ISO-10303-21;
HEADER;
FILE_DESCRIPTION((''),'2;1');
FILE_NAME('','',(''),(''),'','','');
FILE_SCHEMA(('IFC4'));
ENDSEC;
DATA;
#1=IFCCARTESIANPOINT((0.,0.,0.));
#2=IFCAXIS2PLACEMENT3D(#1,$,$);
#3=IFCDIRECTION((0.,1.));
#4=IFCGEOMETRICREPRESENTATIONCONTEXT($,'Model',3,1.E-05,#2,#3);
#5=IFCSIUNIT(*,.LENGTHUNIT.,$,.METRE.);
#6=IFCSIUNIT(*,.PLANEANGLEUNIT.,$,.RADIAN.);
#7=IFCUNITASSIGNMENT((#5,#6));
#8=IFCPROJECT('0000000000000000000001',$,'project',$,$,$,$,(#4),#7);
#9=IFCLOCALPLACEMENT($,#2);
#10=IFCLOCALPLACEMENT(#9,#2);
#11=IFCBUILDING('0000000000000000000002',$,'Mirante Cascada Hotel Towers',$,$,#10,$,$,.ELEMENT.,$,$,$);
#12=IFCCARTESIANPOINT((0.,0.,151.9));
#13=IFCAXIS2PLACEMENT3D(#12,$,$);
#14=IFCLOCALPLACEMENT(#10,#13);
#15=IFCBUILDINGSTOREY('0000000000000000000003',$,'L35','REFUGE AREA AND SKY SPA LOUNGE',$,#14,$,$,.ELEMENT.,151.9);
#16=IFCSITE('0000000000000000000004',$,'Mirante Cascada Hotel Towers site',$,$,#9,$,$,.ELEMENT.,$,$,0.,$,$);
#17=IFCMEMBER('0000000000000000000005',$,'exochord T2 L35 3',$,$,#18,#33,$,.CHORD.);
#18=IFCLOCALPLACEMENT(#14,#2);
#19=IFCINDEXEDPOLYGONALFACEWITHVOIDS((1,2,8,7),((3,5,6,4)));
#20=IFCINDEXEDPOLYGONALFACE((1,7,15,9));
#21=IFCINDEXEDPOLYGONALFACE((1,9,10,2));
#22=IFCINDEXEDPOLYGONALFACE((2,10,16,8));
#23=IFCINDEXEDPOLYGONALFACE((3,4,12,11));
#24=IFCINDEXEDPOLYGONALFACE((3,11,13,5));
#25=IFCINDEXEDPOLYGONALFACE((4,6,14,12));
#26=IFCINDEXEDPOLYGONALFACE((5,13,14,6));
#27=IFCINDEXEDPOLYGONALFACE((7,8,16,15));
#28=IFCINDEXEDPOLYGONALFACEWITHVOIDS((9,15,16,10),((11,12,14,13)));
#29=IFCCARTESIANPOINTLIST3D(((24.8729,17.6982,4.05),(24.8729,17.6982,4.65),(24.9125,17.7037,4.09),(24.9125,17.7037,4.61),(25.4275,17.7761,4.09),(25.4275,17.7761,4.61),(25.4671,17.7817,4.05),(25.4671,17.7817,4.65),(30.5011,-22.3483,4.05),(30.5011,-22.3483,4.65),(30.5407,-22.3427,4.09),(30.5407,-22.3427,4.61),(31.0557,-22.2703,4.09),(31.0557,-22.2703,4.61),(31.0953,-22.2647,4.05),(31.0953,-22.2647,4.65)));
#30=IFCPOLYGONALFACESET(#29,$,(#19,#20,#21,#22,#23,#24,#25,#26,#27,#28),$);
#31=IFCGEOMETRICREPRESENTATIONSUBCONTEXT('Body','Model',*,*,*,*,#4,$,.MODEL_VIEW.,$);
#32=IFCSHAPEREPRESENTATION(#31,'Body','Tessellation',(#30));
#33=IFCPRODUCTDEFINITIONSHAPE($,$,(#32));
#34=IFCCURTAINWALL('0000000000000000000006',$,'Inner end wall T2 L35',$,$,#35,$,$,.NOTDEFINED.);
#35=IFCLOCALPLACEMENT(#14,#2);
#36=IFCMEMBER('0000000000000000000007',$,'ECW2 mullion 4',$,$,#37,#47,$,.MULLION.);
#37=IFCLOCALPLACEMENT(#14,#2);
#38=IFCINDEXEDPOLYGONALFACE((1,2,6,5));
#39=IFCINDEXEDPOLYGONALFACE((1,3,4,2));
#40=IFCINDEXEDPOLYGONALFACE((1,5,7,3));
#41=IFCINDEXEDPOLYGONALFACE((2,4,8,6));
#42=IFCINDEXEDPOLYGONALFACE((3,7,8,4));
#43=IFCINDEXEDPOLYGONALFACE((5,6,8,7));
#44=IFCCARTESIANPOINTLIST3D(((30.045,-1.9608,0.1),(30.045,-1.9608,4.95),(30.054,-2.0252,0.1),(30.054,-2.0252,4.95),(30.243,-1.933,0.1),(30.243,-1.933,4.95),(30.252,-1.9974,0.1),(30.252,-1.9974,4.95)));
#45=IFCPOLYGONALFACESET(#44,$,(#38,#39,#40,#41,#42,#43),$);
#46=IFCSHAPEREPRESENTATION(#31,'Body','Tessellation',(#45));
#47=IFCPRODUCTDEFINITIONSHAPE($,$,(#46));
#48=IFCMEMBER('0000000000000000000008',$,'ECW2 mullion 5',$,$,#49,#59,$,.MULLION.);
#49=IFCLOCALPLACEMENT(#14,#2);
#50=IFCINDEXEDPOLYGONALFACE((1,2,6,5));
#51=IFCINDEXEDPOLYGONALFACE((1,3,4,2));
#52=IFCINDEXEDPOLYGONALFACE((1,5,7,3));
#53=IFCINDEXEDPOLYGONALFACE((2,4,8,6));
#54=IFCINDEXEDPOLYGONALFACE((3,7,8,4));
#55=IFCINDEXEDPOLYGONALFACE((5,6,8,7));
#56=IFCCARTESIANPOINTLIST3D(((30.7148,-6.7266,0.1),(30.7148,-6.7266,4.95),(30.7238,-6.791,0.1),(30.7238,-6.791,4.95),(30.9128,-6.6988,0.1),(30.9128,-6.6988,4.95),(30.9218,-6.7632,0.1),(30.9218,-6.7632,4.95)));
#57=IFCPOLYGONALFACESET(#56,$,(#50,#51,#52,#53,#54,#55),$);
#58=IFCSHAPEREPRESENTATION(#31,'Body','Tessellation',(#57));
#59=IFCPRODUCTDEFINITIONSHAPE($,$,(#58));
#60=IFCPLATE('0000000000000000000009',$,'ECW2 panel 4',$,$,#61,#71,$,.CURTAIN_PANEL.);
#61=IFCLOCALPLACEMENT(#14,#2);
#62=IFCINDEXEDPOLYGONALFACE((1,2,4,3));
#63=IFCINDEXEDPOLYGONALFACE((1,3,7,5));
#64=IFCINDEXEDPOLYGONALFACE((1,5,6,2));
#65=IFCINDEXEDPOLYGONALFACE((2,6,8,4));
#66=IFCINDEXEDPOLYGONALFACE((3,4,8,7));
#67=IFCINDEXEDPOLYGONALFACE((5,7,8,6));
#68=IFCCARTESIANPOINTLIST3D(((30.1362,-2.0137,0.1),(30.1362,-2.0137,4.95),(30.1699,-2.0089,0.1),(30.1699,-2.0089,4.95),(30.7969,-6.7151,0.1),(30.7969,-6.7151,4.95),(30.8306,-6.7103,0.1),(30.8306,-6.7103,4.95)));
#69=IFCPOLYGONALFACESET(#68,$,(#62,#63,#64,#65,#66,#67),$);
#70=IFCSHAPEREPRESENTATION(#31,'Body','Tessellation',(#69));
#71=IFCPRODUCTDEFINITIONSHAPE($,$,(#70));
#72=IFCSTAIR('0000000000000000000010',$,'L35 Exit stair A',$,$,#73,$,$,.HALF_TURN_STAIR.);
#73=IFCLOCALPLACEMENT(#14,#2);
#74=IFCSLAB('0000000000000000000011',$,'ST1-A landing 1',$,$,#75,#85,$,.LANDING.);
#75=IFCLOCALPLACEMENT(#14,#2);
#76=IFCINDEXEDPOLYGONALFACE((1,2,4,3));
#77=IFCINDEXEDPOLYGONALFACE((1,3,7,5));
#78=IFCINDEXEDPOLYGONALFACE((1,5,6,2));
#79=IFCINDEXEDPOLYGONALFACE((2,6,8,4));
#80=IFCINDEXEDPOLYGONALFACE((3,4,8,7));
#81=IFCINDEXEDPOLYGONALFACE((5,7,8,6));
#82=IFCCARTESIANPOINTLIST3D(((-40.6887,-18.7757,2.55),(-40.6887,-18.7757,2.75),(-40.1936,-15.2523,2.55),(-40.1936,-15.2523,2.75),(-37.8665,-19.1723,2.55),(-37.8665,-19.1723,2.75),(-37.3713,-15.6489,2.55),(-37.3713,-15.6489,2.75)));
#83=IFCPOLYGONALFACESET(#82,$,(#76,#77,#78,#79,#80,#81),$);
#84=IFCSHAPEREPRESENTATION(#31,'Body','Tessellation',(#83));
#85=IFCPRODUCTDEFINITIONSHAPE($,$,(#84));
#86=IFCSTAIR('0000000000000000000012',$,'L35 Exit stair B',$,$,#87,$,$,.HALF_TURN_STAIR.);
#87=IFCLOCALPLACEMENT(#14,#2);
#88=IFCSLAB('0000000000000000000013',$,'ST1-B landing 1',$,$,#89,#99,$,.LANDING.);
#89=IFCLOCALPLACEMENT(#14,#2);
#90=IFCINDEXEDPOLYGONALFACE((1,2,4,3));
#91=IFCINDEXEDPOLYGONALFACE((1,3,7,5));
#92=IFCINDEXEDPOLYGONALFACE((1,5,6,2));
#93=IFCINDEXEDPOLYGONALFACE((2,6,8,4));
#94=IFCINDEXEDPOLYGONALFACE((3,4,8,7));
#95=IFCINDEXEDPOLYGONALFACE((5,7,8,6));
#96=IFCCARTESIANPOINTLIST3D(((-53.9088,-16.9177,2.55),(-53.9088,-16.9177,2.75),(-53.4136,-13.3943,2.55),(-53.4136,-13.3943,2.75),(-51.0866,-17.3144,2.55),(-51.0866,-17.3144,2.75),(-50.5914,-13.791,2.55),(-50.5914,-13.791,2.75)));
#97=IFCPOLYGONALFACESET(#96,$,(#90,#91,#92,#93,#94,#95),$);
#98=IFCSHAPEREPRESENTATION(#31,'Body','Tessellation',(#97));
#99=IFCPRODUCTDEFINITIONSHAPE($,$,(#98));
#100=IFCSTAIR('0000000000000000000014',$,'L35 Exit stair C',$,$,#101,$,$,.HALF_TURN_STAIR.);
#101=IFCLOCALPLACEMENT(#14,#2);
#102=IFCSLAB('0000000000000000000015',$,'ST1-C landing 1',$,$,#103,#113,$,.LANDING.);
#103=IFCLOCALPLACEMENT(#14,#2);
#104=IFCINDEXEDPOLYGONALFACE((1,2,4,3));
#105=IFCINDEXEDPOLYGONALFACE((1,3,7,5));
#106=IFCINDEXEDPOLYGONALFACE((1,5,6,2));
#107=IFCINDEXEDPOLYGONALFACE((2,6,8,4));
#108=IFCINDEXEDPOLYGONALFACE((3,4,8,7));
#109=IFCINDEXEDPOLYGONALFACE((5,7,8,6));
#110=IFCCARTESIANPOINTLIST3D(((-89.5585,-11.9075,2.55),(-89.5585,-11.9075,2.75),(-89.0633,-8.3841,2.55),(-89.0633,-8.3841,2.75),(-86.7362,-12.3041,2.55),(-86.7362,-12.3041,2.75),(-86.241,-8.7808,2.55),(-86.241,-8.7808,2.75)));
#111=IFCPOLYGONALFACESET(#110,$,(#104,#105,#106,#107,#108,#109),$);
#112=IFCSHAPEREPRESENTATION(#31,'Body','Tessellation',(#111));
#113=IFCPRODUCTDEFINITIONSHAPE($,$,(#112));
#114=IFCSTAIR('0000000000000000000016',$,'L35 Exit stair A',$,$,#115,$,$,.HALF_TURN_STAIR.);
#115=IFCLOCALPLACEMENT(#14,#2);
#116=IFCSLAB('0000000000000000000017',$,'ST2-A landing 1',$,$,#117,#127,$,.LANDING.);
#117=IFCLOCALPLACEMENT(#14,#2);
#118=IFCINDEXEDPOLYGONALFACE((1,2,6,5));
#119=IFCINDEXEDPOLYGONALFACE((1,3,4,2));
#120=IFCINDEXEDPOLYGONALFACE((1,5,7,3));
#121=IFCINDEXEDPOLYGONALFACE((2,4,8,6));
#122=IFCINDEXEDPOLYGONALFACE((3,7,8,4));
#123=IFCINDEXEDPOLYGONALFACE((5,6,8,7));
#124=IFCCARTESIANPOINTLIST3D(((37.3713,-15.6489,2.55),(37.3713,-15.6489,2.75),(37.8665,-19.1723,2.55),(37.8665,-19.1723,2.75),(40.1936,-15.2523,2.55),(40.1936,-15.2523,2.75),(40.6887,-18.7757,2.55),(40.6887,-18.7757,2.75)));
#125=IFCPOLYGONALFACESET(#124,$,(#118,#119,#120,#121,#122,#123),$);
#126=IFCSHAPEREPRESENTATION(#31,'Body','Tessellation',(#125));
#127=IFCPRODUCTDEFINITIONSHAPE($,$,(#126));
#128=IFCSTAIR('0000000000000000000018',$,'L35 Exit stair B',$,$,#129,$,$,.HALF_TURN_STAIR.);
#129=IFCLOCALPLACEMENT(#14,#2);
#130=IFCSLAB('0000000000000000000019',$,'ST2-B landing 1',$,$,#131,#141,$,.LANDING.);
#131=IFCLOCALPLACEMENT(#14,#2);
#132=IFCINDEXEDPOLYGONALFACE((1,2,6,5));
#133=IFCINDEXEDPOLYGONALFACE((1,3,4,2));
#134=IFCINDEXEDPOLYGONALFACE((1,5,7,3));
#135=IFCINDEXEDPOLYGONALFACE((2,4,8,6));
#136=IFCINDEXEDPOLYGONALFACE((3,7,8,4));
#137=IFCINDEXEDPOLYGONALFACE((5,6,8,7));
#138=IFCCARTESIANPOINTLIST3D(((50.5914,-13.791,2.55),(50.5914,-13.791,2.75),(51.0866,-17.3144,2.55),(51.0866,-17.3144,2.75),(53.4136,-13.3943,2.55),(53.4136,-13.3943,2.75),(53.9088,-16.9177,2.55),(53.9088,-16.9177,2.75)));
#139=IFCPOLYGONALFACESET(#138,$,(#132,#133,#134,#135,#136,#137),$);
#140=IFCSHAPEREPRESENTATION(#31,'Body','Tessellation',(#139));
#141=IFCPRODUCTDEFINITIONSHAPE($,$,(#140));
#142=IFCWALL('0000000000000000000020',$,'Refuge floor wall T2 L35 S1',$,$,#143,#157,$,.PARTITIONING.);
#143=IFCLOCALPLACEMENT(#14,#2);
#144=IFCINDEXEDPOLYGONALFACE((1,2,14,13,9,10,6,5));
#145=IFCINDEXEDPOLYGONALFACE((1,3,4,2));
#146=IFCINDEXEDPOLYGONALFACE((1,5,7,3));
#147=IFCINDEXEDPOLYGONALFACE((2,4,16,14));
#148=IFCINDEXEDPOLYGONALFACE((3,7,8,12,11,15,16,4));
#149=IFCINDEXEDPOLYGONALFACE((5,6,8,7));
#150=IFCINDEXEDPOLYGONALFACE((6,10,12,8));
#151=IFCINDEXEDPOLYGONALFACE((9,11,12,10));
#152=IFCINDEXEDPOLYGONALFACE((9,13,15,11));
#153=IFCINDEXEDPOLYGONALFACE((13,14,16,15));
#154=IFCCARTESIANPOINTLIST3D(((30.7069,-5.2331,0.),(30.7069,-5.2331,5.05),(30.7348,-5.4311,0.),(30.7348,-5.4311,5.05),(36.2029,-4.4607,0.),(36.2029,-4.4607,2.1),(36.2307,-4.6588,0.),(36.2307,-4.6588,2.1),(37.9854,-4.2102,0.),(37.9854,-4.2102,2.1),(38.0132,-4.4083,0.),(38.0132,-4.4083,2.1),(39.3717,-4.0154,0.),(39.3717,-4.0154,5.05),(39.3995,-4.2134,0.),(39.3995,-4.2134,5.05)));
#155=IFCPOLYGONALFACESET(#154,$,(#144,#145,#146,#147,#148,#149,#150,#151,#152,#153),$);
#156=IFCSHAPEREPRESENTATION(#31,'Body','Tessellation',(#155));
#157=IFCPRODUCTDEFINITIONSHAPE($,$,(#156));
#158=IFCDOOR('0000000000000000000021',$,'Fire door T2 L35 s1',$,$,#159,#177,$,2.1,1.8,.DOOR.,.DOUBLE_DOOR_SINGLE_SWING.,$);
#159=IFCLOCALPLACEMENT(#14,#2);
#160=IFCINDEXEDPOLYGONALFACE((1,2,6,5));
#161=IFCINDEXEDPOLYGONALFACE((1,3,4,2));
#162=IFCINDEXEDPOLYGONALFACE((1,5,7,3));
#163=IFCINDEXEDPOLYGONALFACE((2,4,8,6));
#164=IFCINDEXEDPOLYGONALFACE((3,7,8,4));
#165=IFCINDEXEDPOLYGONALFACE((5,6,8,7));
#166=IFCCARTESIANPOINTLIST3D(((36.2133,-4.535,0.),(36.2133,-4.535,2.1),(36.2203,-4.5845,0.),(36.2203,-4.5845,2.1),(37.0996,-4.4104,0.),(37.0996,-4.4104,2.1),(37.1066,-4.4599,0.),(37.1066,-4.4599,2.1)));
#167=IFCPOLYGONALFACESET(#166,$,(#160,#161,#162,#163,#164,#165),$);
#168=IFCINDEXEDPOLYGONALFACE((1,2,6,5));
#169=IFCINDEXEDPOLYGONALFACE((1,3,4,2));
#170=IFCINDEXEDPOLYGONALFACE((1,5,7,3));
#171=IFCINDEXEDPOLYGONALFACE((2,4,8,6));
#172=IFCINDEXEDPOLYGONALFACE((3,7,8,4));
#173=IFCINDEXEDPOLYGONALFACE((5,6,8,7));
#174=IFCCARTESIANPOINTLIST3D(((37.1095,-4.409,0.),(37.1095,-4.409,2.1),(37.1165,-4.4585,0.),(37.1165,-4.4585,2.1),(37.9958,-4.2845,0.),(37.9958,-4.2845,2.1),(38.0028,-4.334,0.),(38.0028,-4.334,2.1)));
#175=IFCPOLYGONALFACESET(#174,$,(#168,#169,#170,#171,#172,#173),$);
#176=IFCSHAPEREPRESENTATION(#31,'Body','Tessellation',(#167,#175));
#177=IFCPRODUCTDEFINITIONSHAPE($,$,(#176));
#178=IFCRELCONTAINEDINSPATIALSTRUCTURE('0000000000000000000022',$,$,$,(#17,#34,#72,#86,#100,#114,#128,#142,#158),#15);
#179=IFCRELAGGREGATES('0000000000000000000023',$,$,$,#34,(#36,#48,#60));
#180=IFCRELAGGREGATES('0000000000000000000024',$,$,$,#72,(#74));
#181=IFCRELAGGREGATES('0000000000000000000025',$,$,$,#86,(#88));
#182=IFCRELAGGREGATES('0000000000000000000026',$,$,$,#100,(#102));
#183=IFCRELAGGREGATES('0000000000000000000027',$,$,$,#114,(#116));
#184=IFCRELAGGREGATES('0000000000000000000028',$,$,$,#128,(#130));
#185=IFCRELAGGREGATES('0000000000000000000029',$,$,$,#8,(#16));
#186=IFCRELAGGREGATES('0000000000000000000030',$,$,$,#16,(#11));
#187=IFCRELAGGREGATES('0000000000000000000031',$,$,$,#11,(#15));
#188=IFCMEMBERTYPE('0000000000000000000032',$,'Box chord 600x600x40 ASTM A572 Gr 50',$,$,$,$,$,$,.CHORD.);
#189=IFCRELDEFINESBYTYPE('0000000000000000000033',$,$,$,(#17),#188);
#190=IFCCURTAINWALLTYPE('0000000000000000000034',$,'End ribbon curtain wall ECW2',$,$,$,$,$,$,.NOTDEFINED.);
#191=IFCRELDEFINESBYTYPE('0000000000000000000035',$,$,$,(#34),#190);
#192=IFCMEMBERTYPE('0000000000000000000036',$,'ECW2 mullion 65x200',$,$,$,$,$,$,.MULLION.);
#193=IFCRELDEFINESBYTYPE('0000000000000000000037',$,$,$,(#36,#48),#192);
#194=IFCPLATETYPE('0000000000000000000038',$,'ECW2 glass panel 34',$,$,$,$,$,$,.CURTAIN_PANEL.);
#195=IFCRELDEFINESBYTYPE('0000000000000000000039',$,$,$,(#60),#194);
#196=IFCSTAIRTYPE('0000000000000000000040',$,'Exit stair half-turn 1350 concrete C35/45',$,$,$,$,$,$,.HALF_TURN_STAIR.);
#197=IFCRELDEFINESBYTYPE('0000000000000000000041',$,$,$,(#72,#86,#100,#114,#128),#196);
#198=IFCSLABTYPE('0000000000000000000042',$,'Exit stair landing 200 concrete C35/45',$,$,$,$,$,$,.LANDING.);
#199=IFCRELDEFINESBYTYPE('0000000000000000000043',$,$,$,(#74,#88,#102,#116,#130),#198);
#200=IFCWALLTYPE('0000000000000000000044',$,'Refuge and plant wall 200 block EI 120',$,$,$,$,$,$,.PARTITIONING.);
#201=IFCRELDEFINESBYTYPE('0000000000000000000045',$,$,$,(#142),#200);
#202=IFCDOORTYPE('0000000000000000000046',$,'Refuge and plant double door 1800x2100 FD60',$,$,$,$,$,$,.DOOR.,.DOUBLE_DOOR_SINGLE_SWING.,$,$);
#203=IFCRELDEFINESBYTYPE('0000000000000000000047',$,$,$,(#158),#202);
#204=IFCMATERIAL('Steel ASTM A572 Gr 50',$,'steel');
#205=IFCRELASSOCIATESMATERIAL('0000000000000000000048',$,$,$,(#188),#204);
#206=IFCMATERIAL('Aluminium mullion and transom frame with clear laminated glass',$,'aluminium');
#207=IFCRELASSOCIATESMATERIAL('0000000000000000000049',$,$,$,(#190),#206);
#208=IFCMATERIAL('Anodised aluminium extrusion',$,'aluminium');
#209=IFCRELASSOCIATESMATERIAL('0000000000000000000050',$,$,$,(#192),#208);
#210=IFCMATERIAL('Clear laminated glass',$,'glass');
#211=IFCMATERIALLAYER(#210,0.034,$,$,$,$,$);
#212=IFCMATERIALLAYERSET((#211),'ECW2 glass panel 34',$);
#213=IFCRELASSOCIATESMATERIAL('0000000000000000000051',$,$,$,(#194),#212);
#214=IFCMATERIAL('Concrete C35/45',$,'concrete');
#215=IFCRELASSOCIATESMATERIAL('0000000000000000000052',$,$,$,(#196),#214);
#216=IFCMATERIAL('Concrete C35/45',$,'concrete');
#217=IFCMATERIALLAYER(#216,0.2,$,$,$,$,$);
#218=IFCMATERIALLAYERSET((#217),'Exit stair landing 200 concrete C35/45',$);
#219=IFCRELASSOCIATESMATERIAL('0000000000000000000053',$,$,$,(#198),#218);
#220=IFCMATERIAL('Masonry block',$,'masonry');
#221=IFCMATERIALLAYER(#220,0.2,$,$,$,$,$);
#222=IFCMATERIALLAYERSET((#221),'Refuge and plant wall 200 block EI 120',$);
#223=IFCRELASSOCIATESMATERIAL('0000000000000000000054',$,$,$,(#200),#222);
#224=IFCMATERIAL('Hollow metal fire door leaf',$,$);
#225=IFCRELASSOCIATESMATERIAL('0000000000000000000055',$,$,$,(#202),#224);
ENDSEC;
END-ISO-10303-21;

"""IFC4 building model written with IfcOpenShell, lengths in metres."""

from ifc_helpers import new_model, si_unit, direction, frame, frame_2d, origin, origin_2d, place, context, subcontext, project, spatial, polyline, rectangle, hollow_rectangle, outline, extrude, material, layer, layer_set, material_profile, profile_set, type_object, element, fill, aggregate, save


model = new_model("IFC4")

# Units and contexts
model_context = context("Model", 3, precision=1e-05, world=origin(), true_north=direction((0.0, 1.0)))
body_context = subcontext(model_context, "Body", "Model", "MODEL_VIEW")
ifc_project = project(units=[si_unit("LENGTHUNIT", "METRE"), si_unit("PLANEANGLEUNIT", "RADIAN")], contexts=[model_context])

# Site, building, storey
site_placement = place(None, origin())
site = spatial("IfcSite", under=ifc_project, at=site_placement, Name="Mirante Cascada Hotel Towers site", CompositionType="ELEMENT", RefElevation=0.0)
building_placement = place(site_placement, origin())
building = spatial("IfcBuilding", under=site, at=building_placement, Name="Mirante Cascada Hotel Towers", CompositionType="ELEMENT")
storey_placement = place(building_placement, frame((0.0, 0.0, 151.9)))
storey = spatial("IfcBuildingStorey", under=building, at=storey_placement, Name="L35", Description="REFUGE AREA AND SKY SPA LOUNGE", CompositionType="ELEMENT", Elevation=151.9)

# Member
ifc_material_1 = material(Name="Steel ASTM A572 Gr 50", Category="steel")
ifc_material_profile_1 = material_profile(ifc_material_1, hollow_rectangle(XDim=0.6, YDim=0.6, WallThickness=0.04, at=origin_2d()), Name="Box chord 600x600x40 ASTM A572 Gr 50")
ifc_profile_set_1 = profile_set([ifc_material_profile_1], Name="Steel ASTM A572 Gr 50")
member_type_1 = type_object("IfcMemberType", Name="Box chord 600x600x40 ASTM A572 Gr 50", PredefinedType="CHORD", material=ifc_profile_set_1)
member_1_placement = place(storey_placement, frame((30.7982, -22.3065, 4.35), z_axis=(-0.139174, 0.990268, 0.0), x_axis=(-0.990268, -0.139174, 0.0)))
element("IfcMember", 1, at=member_1_placement, inside=storey, type_object=member_type_1, Name="exochord T2 L35 3", PredefinedType="CHORD", context=body_context, shape_type="SweptSolid", body=[
    extrude(hollow_rectangle(XDim=0.6, YDim=0.6, WallThickness=0.04, at=origin_2d()), origin(), (0.0, 0.0, 1.0), 40.44),
])

# Curtain wall, members, plate
ifc_material_2 = material(Name="Aluminium mullion and transom frame with clear laminated glass", Category="aluminium")
curtain_wall_type = type_object("IfcCurtainWallType", Name="End ribbon curtain wall ECW2", PredefinedType="NOTDEFINED", material=ifc_material_2)
curtain_wall_placement = place(storey_placement, origin())
curtain_wall = element("IfcCurtainWall", 2, at=curtain_wall_placement, inside=storey, type_object=curtain_wall_type, Name="Inner end wall T2 L35", PredefinedType="NOTDEFINED")
ifc_material_3 = material(Name="Anodised aluminium extrusion", Category="aluminium")
ifc_material_profile_2 = material_profile(ifc_material_3, rectangle(XDim=0.2, YDim=0.065, at=origin_2d()), Name="ECW2 MULLION 65x200")
ifc_profile_set_2 = profile_set([ifc_material_profile_2], Name="Anodised aluminium extrusion")
member_type_2 = type_object("IfcMemberType", Name="ECW2 mullion 65x200", PredefinedType="MULLION", material=ifc_profile_set_2)
member_2_placement = place(storey_placement, frame((30.1485, -1.9791, 0.1), z_axis=(0.0, 0.0, 1.0), x_axis=(0.990268, 0.139173, 0.0)))
member_2 = element("IfcMember", 3, at=member_2_placement, type_object=member_type_2, Name="ECW2 mullion 4", PredefinedType="MULLION", context=body_context, shape_type="SweptSolid", body=[
    extrude(rectangle(XDim=0.2, YDim=0.065, at=origin_2d()), origin(), (0.0, 0.0, 1.0), 4.85),
])
member_3_placement = place(storey_placement, frame((30.8183, -6.7449, 0.1), z_axis=(0.0, 0.0, 1.0), x_axis=(0.990268, 0.139173, 0.0)))
member_3 = element("IfcMember", 4, at=member_3_placement, type_object=member_type_2, Name="ECW2 mullion 5", PredefinedType="MULLION", context=body_context, shape_type="SweptSolid", body=[
    extrude(rectangle(XDim=0.2, YDim=0.065, at=origin_2d()), origin(), (0.0, 0.0, 1.0), 4.85),
])
ifc_material_4 = material(Name="Clear laminated glass", Category="glass")
ifc_layer_1 = layer(ifc_material_4, 0.034)
ifc_layer_set_1 = layer_set([ifc_layer_1], Name="ECW2 glass panel 34")
plate_type = type_object("IfcPlateType", Name="ECW2 glass panel 34", PredefinedType="CURTAIN_PANEL", material=ifc_layer_set_1)
plate_placement = place(storey_placement, frame((30.4834, -4.362, 0.1), z_axis=(0.0, 0.0, 1.0), x_axis=(0.139173, -0.990268, 0.0)))
plate = element("IfcPlate", 5, at=plate_placement, type_object=plate_type, Name="ECW2 panel 4", PredefinedType="CURTAIN_PANEL", context=body_context, shape_type="SweptSolid", body=[
    extrude(rectangle(XDim=4.7476, YDim=0.034, at=origin_2d()), origin(), (0.0, 0.0, 1.0), 4.85),
])
aggregate(curtain_wall, [member_2, member_3, plate])

# Stairs, slabs
ifc_material_5 = material(Name="Concrete C35/45", Category="concrete")
stair_type = type_object("IfcStairType", Name="Exit stair half-turn 1350 concrete C35/45", PredefinedType="HALF_TURN_STAIR", material=ifc_material_5)
stair_1_placement = place(storey_placement, origin())
stair_1 = element("IfcStair", 6, at=stair_1_placement, inside=storey, type_object=stair_type, Name="L35 Exit stair A", PredefinedType="HALF_TURN_STAIR")
ifc_material_6 = material(Name="Concrete C35/45", Category="concrete")
ifc_layer_2 = layer(ifc_material_6, 0.2)
ifc_layer_set_2 = layer_set([ifc_layer_2], Name="Exit stair landing 200 concrete C35/45")
slab_type = type_object("IfcSlabType", Name="Exit stair landing 200 concrete C35/45", PredefinedType="LANDING", material=ifc_layer_set_2)
slab_1_placement = place(storey_placement, frame((0.0, 0.0, 2.55)))
slab_1 = element("IfcSlab", 7, at=slab_1_placement, type_object=slab_type, Name="ST1-A landing 1", PredefinedType="LANDING", context=body_context, shape_type="SweptSolid", body=[
    extrude(outline(polyline([(-40.1936, -15.2523), (-40.6887, -18.7757), (-37.8665, -19.1723), (-37.3713, -15.6489), (-40.1936, -15.2523)])), origin(), (0.0, 0.0, 1.0), 0.2),
])
aggregate(stair_1, [slab_1])
stair_2_placement = place(storey_placement, origin())
stair_2 = element("IfcStair", 8, at=stair_2_placement, inside=storey, type_object=stair_type, Name="L35 Exit stair B", PredefinedType="HALF_TURN_STAIR")
slab_2_placement = place(storey_placement, frame((0.0, 0.0, 2.55)))
slab_2 = element("IfcSlab", 9, at=slab_2_placement, type_object=slab_type, Name="ST1-B landing 1", PredefinedType="LANDING", context=body_context, shape_type="SweptSolid", body=[
    extrude(outline(polyline([(-53.4136, -13.3943), (-53.9088, -16.9177), (-51.0866, -17.3144), (-50.5914, -13.791), (-53.4136, -13.3943)])), origin(), (0.0, 0.0, 1.0), 0.2),
])
aggregate(stair_2, [slab_2])
stair_3_placement = place(storey_placement, origin())
stair_3 = element("IfcStair", 10, at=stair_3_placement, inside=storey, type_object=stair_type, Name="L35 Exit stair C", PredefinedType="HALF_TURN_STAIR")
slab_3_placement = place(storey_placement, frame((0.0, 0.0, 2.55)))
slab_3 = element("IfcSlab", 11, at=slab_3_placement, type_object=slab_type, Name="ST1-C landing 1", PredefinedType="LANDING", context=body_context, shape_type="SweptSolid", body=[
    extrude(outline(polyline([(-89.0633, -8.3841), (-89.5585, -11.9075), (-86.7362, -12.3041), (-86.241, -8.7808), (-89.0633, -8.3841)])), origin(), (0.0, 0.0, 1.0), 0.2),
])
aggregate(stair_3, [slab_3])
stair_4_placement = place(storey_placement, origin())
stair_4 = element("IfcStair", 12, at=stair_4_placement, inside=storey, type_object=stair_type, Name="L35 Exit stair A", PredefinedType="HALF_TURN_STAIR")
slab_4_placement = place(storey_placement, frame((0.0, 0.0, 2.55)))
slab_4 = element("IfcSlab", 13, at=slab_4_placement, type_object=slab_type, Name="ST2-A landing 1", PredefinedType="LANDING", context=body_context, shape_type="SweptSolid", body=[
    extrude(outline(polyline([(37.3713, -15.6489), (37.8665, -19.1723), (40.6887, -18.7757), (40.1936, -15.2523), (37.3713, -15.6489)])), origin(), (0.0, 0.0, 1.0), 0.2),
])
aggregate(stair_4, [slab_4])
stair_5_placement = place(storey_placement, origin())
stair_5 = element("IfcStair", 14, at=stair_5_placement, inside=storey, type_object=stair_type, Name="L35 Exit stair B", PredefinedType="HALF_TURN_STAIR")
slab_5_placement = place(storey_placement, frame((0.0, 0.0, 2.55)))
slab_5 = element("IfcSlab", 15, at=slab_5_placement, type_object=slab_type, Name="ST2-B landing 1", PredefinedType="LANDING", context=body_context, shape_type="SweptSolid", body=[
    extrude(outline(polyline([(50.5914, -13.791), (51.0866, -17.3144), (53.9088, -16.9177), (53.4136, -13.3943), (50.5914, -13.791)])), origin(), (0.0, 0.0, 1.0), 0.2),
])
aggregate(stair_5, [slab_5])

# Wall, opening, door
ifc_material_7 = material(Name="Masonry block", Category="masonry")
ifc_layer_3 = layer(ifc_material_7, 0.2)
ifc_layer_set_3 = layer_set([ifc_layer_3], Name="Refuge and plant wall 200 block EI 120")
wall_type = type_object("IfcWallType", Name="Refuge and plant wall 200 block EI 120", PredefinedType="PARTITIONING", material=ifc_layer_set_3)
wall_placement = place(storey_placement, frame((30.7208, -5.3321, 0.0), z_axis=(0.0, 0.0, 1.0), x_axis=(0.990269, 0.139167, 0.0)))
wall = element("IfcWall", 16, at=wall_placement, inside=storey, type_object=wall_type, Name="Refuge floor wall T2 L35 S1", PredefinedType="PARTITIONING", context=body_context, shape_type="SweptSolid", body=[
    extrude(rectangle(XDim=8.7499, YDim=0.2, at=frame_2d((4.375, 0.0))), origin(), (0.0, 0.0, 1.0), 5.05),
])
opening_placement = place(wall_placement, frame((5.55, 0.0, 0.0)))
opening = element("IfcOpeningElement", 17, at=opening_placement, cuts=wall, PredefinedType="OPENING", context=body_context, shape_type="SweptSolid", body=[
    extrude(rectangle(XDim=1.8, YDim=2.1, at=frame_2d((0.9, 1.05))), frame((0.0, 0.1, 0.0), z_axis=(0.0, -1.0, 0.0), x_axis=(1.0, 0.0, 0.0)), (0.0, 0.0, 1.0), 0.2),
])
ifc_material_8 = material(Name="Hollow metal fire door leaf")
door_type = type_object("IfcDoorType", Name="Refuge and plant double door 1800x2100 FD60", OperationType="DOUBLE_DOOR_SINGLE_SWING", PredefinedType="DOOR", material=ifc_material_8)
door_placement = place(opening_placement, origin())
door = element("IfcDoor", 18, at=door_placement, inside=storey, type_object=door_type, Name="Fire door T2 L35 s1", OperationType="DOUBLE_DOOR_SINGLE_SWING", OverallHeight=2.1, OverallWidth=1.8, PredefinedType="DOOR", context=body_context, shape_type="SweptSolid", body=[
    extrude(rectangle(XDim=0.895, YDim=2.1, at=frame_2d((0.4475, 1.05))), frame((0.0, 0.025, 0.0), z_axis=(0.0, -1.0, 0.0), x_axis=(1.0, 0.0, 0.0)), (0.0, 0.0, 1.0), 0.05),
    extrude(rectangle(XDim=0.895, YDim=2.1, at=frame_2d((1.3525, 1.05))), frame((0.0, 0.025, 0.0), z_axis=(0.0, -1.0, 0.0), x_axis=(1.0, 0.0, 0.0)), (0.0, 0.0, 1.0), 0.05),
])
fill(opening, door)

save(model, "model.ifc")
